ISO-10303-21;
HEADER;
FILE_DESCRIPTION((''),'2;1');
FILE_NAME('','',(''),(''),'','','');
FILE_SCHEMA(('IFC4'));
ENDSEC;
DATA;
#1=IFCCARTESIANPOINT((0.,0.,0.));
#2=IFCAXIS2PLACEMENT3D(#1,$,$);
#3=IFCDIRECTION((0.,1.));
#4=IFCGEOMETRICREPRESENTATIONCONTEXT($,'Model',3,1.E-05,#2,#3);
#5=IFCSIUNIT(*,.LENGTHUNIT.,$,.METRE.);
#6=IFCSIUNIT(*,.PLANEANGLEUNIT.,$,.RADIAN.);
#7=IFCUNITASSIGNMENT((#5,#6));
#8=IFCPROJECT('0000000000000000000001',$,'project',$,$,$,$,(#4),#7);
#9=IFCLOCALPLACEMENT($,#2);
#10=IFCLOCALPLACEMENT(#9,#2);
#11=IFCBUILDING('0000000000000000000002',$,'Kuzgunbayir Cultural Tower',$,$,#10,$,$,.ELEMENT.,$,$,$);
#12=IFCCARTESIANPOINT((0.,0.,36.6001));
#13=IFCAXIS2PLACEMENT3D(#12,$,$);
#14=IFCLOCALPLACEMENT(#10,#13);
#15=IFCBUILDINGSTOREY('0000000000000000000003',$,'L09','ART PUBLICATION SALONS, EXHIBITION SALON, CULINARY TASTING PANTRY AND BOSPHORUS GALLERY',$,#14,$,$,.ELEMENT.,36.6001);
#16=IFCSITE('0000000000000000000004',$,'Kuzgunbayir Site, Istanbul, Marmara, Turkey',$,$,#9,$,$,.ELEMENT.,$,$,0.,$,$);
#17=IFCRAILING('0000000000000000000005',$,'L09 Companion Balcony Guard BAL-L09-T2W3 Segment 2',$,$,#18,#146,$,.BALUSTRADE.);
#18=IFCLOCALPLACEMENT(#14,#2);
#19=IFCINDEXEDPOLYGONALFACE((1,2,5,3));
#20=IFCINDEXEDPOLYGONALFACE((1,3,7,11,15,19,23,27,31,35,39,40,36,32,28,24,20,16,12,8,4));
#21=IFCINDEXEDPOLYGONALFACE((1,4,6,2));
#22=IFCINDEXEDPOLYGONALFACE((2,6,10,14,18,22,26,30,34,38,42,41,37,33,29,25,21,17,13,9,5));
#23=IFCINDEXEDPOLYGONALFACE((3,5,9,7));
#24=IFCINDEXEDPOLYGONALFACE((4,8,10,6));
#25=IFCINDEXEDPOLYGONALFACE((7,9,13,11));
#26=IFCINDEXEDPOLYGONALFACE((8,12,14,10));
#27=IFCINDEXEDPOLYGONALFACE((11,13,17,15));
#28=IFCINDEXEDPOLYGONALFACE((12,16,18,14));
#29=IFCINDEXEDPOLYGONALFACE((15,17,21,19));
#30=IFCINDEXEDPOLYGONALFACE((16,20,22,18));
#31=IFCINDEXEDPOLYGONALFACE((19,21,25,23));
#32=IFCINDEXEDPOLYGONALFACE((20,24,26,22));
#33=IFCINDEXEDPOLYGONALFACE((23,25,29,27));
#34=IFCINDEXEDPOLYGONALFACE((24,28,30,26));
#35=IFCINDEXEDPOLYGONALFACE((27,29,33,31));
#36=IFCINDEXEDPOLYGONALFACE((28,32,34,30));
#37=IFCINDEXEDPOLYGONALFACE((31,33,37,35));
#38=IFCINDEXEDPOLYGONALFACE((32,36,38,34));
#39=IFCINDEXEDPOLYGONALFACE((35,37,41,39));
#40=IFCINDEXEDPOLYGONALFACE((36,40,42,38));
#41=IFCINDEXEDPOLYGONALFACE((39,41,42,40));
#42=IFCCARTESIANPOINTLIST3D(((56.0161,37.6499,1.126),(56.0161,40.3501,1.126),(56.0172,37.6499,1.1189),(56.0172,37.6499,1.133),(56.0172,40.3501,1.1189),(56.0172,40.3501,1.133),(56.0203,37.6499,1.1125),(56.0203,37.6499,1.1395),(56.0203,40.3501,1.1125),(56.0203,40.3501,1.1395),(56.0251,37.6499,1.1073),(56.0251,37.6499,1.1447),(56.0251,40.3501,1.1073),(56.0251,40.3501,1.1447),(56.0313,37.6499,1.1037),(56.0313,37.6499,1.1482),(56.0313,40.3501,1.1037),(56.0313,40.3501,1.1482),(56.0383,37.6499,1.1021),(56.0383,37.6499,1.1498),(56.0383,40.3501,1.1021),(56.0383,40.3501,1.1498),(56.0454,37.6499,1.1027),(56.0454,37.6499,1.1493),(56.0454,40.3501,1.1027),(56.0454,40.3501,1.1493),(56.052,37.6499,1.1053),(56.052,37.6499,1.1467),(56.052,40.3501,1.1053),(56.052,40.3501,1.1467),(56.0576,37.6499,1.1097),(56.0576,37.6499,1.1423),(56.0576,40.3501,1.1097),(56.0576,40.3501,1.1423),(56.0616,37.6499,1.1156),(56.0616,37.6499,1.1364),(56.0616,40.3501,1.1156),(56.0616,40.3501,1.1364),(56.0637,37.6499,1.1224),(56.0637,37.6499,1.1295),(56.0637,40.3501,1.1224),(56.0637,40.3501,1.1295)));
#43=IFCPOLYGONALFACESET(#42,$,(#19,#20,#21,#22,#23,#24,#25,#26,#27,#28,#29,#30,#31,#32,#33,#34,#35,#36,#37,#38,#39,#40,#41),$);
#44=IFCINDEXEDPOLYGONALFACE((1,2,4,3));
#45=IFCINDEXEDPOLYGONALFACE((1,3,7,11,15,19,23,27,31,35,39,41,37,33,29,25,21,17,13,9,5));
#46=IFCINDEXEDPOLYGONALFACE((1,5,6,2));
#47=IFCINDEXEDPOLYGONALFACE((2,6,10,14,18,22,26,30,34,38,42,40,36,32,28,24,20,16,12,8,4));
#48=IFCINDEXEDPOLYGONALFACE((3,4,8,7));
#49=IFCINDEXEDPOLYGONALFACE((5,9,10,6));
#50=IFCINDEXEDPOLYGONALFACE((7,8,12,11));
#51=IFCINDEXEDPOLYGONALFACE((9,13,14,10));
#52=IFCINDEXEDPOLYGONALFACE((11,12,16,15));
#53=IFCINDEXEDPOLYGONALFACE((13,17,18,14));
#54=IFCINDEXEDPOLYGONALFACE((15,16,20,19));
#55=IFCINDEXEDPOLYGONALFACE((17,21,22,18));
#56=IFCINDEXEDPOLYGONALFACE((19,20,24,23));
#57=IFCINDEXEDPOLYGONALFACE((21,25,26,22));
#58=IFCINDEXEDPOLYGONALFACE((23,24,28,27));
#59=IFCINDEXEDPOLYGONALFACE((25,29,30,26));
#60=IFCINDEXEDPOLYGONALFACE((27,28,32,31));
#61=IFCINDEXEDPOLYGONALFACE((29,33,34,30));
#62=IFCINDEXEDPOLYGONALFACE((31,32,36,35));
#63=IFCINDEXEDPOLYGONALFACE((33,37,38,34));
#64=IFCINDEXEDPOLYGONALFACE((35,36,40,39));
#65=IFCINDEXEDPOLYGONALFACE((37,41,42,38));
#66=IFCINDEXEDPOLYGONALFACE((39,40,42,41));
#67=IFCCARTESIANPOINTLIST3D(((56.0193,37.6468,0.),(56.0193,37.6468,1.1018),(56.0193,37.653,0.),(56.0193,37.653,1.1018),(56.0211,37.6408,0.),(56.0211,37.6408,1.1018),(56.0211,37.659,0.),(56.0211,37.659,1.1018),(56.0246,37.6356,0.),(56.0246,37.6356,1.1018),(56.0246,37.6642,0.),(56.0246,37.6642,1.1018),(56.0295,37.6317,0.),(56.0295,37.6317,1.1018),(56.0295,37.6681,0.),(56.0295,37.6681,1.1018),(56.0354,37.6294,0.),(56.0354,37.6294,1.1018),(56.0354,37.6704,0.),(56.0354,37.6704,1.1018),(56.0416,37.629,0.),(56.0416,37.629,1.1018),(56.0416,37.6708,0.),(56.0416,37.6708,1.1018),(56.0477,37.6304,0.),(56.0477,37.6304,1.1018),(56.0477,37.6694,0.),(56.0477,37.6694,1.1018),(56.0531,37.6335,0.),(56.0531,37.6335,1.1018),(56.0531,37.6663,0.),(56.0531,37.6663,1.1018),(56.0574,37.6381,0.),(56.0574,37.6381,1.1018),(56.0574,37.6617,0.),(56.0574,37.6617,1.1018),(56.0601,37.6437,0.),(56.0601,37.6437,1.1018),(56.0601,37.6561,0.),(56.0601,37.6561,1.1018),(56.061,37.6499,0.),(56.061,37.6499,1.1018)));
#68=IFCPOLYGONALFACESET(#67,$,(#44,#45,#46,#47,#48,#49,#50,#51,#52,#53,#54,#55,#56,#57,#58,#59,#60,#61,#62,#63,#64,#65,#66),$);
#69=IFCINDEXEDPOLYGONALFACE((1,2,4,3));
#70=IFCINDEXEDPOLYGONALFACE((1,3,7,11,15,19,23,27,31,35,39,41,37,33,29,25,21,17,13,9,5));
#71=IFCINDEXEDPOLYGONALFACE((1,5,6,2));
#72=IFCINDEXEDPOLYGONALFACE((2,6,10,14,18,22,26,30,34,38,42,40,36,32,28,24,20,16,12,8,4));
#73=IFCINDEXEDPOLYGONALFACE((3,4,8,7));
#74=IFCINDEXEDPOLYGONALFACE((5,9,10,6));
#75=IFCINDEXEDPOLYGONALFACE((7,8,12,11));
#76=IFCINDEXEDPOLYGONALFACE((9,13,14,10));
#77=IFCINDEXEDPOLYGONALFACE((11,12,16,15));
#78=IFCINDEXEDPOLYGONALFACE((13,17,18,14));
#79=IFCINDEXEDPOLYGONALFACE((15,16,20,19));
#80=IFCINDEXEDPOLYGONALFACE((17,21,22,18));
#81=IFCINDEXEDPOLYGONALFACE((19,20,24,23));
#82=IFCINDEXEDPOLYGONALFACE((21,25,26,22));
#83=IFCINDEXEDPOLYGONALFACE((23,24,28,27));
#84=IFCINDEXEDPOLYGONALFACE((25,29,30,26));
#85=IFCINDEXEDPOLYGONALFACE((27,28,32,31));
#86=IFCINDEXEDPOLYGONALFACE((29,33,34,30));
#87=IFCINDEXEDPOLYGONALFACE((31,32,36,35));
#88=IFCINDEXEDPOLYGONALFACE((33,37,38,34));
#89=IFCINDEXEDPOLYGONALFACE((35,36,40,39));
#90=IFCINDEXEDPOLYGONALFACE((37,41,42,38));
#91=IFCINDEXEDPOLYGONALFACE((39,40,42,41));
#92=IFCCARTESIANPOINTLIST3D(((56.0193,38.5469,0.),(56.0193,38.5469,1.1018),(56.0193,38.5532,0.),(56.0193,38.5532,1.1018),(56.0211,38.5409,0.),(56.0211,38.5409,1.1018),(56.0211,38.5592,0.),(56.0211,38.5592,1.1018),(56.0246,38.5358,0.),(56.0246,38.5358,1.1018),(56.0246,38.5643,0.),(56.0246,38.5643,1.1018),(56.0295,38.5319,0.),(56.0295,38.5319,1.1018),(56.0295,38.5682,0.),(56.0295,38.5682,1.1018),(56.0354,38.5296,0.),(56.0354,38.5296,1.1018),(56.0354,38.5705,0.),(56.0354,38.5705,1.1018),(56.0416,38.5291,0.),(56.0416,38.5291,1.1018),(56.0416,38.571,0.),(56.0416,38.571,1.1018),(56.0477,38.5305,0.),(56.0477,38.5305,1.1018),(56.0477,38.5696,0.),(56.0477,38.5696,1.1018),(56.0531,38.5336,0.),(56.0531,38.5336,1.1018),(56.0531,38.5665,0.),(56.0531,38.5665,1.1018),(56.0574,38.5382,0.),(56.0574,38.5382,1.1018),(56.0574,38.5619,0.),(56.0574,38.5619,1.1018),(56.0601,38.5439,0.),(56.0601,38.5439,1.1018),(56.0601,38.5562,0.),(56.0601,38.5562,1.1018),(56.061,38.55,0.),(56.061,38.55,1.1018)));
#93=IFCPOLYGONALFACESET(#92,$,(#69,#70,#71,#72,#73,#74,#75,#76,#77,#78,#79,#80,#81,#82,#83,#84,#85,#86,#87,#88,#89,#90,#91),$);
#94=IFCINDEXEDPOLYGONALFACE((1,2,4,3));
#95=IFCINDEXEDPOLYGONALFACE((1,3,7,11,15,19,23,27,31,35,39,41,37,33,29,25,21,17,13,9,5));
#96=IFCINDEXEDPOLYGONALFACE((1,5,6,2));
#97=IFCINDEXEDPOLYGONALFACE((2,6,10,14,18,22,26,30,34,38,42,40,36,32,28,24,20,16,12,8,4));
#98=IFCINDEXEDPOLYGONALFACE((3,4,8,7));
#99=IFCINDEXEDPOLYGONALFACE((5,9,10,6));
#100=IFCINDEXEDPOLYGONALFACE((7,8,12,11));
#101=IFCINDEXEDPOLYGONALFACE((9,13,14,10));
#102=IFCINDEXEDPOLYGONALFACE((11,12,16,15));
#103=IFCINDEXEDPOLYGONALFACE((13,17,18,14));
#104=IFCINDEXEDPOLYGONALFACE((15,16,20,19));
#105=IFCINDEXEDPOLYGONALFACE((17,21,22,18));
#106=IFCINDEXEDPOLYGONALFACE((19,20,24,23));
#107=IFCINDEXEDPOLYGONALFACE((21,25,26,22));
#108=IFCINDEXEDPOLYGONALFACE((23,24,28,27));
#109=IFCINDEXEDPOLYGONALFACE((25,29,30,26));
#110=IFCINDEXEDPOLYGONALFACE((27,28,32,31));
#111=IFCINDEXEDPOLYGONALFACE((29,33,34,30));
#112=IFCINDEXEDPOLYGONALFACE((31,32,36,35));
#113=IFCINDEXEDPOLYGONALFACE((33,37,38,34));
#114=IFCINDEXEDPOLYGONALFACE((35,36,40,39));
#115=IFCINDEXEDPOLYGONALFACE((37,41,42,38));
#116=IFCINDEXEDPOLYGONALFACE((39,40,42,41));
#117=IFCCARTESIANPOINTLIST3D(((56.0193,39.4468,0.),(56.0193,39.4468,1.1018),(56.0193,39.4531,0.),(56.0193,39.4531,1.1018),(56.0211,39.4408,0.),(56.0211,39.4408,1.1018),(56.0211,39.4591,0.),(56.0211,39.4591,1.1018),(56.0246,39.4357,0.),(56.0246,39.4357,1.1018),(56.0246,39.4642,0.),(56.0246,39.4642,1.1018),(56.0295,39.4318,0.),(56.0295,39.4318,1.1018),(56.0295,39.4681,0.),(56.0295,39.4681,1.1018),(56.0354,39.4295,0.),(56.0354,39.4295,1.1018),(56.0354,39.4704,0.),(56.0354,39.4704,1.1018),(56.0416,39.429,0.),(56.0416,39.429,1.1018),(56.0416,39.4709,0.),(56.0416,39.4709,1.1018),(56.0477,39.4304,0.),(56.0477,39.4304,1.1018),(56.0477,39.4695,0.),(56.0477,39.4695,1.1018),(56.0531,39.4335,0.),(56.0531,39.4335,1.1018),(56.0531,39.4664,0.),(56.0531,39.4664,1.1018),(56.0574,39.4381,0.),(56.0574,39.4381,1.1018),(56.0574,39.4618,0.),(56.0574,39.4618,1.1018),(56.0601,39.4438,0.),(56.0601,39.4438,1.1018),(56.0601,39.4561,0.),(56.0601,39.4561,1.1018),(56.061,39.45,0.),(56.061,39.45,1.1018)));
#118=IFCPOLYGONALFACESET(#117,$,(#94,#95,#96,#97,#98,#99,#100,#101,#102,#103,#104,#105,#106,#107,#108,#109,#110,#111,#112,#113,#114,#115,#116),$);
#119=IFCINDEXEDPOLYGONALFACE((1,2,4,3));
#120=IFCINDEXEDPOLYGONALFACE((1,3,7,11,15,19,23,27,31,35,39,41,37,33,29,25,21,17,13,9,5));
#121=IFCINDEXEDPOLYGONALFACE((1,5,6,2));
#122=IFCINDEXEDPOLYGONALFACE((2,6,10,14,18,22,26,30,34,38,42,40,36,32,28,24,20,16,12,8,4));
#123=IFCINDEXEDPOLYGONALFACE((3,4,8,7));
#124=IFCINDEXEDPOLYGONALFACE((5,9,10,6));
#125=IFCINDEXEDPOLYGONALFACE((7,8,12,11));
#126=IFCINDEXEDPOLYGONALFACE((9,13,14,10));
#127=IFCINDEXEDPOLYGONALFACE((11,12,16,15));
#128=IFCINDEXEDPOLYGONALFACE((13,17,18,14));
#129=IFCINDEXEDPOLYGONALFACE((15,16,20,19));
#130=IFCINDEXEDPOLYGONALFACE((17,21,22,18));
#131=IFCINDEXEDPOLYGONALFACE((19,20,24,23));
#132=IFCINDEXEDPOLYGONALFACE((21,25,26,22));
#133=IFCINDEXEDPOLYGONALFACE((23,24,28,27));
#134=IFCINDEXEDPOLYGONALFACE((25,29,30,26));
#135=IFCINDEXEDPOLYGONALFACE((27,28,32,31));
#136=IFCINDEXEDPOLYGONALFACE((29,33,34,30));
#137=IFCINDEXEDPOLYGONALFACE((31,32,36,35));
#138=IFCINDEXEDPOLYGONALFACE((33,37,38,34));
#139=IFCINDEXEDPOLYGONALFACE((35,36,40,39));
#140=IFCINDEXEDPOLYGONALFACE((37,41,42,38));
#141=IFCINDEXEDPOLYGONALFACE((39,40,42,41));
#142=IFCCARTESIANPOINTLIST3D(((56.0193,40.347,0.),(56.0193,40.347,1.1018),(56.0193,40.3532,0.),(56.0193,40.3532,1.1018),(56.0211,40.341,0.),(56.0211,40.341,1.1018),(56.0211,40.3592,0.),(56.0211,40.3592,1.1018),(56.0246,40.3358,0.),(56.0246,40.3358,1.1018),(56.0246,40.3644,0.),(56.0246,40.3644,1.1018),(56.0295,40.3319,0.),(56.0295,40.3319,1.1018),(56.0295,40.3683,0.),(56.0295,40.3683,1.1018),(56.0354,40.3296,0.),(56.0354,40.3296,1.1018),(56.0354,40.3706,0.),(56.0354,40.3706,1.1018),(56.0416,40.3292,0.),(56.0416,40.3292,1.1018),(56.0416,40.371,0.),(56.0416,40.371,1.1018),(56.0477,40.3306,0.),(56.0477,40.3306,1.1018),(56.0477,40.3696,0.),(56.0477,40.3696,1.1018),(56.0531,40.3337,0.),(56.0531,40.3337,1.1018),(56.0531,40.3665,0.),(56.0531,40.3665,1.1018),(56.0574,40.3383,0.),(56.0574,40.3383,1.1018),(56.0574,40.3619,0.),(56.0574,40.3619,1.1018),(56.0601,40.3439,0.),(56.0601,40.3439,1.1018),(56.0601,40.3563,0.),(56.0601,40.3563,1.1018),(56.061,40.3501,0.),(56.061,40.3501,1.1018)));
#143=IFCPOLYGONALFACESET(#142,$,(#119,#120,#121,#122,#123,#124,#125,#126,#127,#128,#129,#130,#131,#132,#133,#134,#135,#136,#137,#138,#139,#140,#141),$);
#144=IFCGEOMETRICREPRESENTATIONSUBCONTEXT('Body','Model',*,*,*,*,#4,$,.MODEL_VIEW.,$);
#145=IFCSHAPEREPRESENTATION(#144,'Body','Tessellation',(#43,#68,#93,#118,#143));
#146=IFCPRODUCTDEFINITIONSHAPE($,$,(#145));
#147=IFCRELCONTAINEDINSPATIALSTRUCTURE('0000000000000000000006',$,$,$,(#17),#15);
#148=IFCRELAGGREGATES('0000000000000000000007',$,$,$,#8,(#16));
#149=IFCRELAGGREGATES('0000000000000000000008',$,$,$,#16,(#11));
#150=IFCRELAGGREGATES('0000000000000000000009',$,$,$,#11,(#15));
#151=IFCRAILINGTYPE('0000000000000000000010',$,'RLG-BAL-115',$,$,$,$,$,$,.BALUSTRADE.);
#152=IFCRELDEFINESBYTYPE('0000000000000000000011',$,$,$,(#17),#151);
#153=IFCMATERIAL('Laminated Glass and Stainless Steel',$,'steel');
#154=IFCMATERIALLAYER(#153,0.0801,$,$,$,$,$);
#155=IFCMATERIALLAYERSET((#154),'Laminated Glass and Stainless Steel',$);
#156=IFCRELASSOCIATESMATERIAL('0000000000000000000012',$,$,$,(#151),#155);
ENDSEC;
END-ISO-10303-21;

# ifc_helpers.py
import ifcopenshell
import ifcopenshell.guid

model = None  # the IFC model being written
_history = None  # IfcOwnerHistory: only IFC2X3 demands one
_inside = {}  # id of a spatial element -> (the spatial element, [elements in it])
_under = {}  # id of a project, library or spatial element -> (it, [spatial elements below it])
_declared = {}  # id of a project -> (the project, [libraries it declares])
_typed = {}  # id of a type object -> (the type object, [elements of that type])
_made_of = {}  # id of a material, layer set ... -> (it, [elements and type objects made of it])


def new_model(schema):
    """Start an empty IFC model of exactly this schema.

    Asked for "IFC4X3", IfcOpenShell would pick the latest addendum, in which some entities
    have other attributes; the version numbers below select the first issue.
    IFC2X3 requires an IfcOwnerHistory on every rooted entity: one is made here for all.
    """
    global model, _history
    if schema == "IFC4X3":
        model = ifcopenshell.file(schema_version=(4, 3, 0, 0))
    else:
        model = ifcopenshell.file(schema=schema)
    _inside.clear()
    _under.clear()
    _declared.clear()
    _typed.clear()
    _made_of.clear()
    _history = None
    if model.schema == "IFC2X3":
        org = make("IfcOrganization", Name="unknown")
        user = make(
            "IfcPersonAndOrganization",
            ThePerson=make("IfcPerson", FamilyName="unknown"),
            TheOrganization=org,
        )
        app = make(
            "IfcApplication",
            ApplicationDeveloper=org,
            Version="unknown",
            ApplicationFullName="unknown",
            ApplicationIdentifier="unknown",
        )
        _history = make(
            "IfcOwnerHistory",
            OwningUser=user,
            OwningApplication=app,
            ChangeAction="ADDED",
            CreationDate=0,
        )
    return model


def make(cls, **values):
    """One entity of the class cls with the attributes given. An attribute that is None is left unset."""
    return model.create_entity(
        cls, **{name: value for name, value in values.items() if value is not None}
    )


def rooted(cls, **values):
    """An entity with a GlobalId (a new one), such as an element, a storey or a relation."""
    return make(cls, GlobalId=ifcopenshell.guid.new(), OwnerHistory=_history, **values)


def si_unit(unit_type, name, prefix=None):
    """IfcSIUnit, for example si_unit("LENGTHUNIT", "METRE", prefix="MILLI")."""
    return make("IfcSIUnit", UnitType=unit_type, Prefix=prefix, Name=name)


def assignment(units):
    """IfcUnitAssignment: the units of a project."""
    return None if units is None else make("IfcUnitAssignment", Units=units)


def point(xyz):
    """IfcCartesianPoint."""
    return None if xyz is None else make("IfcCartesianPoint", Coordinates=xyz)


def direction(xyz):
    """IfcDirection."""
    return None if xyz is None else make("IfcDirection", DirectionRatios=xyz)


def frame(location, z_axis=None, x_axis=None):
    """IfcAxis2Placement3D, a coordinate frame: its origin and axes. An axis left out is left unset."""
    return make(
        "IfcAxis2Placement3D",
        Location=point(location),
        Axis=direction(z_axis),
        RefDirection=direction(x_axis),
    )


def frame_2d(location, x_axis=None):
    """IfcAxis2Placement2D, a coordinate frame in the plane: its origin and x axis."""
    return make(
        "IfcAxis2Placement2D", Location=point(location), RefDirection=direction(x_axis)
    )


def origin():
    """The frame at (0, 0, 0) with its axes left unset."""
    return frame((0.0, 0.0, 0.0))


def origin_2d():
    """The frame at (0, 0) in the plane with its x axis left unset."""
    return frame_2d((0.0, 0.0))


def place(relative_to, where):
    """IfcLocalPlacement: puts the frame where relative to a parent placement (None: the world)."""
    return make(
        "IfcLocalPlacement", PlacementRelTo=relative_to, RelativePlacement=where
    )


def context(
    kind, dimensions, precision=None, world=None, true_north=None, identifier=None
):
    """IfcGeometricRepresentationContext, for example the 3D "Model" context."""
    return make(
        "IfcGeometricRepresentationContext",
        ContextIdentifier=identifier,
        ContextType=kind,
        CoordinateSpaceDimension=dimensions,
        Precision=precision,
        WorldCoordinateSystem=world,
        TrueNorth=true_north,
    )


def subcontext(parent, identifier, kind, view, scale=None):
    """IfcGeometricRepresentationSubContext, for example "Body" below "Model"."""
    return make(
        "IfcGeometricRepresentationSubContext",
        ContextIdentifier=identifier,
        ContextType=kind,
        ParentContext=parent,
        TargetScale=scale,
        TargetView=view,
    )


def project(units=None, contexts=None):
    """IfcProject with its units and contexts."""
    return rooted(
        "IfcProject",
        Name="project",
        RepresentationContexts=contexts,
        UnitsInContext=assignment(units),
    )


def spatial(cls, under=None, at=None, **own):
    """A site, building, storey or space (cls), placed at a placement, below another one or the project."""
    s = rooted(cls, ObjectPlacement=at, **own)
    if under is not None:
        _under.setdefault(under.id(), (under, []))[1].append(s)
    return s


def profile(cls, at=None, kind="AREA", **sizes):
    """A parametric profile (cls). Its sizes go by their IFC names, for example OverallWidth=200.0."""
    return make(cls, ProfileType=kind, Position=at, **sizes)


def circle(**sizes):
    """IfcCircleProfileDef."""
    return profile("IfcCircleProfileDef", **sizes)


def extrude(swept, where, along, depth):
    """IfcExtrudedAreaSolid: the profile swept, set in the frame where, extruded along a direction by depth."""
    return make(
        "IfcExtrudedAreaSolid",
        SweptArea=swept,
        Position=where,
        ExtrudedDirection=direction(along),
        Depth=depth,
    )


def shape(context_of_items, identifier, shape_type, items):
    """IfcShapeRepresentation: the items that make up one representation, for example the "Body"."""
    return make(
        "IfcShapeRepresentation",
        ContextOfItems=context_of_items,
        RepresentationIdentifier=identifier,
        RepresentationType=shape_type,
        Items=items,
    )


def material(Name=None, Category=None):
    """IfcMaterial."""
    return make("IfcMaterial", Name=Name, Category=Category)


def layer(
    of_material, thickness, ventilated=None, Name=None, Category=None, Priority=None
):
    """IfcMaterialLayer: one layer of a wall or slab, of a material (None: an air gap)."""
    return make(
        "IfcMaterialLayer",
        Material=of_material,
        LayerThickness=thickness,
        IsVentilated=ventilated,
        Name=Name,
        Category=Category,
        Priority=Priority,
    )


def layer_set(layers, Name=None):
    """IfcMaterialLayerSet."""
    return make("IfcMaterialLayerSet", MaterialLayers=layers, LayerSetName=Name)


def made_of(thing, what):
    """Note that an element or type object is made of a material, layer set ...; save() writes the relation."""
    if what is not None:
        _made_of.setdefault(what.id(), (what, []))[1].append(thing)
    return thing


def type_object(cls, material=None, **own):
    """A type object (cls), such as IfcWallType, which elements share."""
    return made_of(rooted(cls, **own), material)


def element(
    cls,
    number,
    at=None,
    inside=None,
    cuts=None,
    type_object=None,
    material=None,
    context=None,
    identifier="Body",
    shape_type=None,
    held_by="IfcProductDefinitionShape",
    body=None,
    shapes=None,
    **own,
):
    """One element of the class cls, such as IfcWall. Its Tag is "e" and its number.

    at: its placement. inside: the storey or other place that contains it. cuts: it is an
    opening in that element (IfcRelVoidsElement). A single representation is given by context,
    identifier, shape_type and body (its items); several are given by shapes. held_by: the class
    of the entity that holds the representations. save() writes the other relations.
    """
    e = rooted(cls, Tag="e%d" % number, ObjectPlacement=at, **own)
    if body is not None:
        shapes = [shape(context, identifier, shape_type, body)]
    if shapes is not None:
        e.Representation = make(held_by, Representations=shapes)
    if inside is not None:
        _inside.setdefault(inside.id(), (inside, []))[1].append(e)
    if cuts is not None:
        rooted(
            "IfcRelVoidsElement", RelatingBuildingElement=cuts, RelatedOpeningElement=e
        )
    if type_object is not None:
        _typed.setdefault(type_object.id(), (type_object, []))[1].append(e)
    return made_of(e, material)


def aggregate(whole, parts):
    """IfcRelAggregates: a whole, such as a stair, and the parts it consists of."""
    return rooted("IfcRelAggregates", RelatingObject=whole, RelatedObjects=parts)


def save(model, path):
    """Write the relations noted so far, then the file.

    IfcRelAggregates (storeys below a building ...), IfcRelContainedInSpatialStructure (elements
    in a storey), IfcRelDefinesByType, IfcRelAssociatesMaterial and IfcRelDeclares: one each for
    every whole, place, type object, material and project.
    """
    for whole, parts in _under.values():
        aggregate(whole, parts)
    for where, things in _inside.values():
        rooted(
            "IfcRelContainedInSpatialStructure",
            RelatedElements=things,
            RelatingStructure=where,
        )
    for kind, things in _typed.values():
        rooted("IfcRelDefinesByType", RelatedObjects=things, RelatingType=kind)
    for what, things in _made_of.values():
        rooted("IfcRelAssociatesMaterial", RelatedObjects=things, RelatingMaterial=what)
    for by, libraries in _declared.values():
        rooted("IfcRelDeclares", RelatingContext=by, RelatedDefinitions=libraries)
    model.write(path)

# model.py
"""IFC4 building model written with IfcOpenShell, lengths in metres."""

from ifc_helpers import new_model, si_unit, direction, frame, origin, origin_2d, place, context, subcontext, project, spatial, circle, extrude, material, layer, layer_set, type_object, element, save


model = new_model("IFC4")

# Units and contexts
model_context = context("Model", 3, precision=1e-05, world=origin(), true_north=direction((0.0, 1.0)))
body_context = subcontext(model_context, "Body", "Model", "MODEL_VIEW")
ifc_project = project(units=[si_unit("LENGTHUNIT", "METRE"), si_unit("PLANEANGLEUNIT", "RADIAN")], contexts=[model_context])

# Site, building, storey
site_placement = place(None, origin())
site = spatial("IfcSite", under=ifc_project, at=site_placement, Name="Kuzgunbayir Site, Istanbul, Marmara, Turkey", CompositionType="ELEMENT", RefElevation=0.0)
building_placement = place(site_placement, origin())
building = spatial("IfcBuilding", under=site, at=building_placement, Name="Kuzgunbayir Cultural Tower", CompositionType="ELEMENT")
storey_placement = place(building_placement, frame((0.0, 0.0, 36.6001)))
storey = spatial("IfcBuildingStorey", under=building, at=storey_placement, Name="L09", Description="ART PUBLICATION SALONS, EXHIBITION SALON, CULINARY TASTING PANTRY AND BOSPHORUS GALLERY", CompositionType="ELEMENT", Elevation=36.6001)

# Railing
ifc_material_1 = material(Name="Laminated Glass and Stainless Steel", Category="steel")
ifc_layer_1 = layer(ifc_material_1, 0.0801)
ifc_layer_set_1 = layer_set([ifc_layer_1], Name="Laminated Glass and Stainless Steel")
railing_type = type_object("IfcRailingType", Name="RLG-BAL-115", PredefinedType="BALUSTRADE", material=ifc_layer_set_1)
railing_1_placement = place(storey_placement, frame((56.04, 37.6499, 0.0)))
element("IfcRailing", 1, at=railing_1_placement, inside=storey, type_object=railing_type, Name="L09 Companion Balcony Guard BAL-L09-T2W3 Segment 2", PredefinedType="BALUSTRADE", context=body_context, shape_type="SweptSolid", body=[
    extrude(circle(Radius=0.0239, at=origin_2d()), frame((0.0, 0.0, 1.126), z_axis=(0.0, 1.0, 0.0), x_axis=(-1.0, 0.0, 0.0)), (0.0, 0.0, 1.0), 2.7002),
    extrude(circle(Radius=0.021, at=origin_2d()), origin(), (0.0, 0.0, 1.0), 1.1018),
    extrude(circle(Radius=0.021, at=origin_2d()), frame((0.0, 0.9001, 0.0)), (0.0, 0.0, 1.0), 1.1018),
    extrude(circle(Radius=0.021, at=origin_2d()), frame((0.0, 1.8, 0.0)), (0.0, 0.0, 1.0), 1.1018),
    extrude(circle(Radius=0.021, at=origin_2d()), frame((0.0, 2.7002, 0.0)), (0.0, 0.0, 1.0), 1.1018),
])

save(model, "model.ifc")
